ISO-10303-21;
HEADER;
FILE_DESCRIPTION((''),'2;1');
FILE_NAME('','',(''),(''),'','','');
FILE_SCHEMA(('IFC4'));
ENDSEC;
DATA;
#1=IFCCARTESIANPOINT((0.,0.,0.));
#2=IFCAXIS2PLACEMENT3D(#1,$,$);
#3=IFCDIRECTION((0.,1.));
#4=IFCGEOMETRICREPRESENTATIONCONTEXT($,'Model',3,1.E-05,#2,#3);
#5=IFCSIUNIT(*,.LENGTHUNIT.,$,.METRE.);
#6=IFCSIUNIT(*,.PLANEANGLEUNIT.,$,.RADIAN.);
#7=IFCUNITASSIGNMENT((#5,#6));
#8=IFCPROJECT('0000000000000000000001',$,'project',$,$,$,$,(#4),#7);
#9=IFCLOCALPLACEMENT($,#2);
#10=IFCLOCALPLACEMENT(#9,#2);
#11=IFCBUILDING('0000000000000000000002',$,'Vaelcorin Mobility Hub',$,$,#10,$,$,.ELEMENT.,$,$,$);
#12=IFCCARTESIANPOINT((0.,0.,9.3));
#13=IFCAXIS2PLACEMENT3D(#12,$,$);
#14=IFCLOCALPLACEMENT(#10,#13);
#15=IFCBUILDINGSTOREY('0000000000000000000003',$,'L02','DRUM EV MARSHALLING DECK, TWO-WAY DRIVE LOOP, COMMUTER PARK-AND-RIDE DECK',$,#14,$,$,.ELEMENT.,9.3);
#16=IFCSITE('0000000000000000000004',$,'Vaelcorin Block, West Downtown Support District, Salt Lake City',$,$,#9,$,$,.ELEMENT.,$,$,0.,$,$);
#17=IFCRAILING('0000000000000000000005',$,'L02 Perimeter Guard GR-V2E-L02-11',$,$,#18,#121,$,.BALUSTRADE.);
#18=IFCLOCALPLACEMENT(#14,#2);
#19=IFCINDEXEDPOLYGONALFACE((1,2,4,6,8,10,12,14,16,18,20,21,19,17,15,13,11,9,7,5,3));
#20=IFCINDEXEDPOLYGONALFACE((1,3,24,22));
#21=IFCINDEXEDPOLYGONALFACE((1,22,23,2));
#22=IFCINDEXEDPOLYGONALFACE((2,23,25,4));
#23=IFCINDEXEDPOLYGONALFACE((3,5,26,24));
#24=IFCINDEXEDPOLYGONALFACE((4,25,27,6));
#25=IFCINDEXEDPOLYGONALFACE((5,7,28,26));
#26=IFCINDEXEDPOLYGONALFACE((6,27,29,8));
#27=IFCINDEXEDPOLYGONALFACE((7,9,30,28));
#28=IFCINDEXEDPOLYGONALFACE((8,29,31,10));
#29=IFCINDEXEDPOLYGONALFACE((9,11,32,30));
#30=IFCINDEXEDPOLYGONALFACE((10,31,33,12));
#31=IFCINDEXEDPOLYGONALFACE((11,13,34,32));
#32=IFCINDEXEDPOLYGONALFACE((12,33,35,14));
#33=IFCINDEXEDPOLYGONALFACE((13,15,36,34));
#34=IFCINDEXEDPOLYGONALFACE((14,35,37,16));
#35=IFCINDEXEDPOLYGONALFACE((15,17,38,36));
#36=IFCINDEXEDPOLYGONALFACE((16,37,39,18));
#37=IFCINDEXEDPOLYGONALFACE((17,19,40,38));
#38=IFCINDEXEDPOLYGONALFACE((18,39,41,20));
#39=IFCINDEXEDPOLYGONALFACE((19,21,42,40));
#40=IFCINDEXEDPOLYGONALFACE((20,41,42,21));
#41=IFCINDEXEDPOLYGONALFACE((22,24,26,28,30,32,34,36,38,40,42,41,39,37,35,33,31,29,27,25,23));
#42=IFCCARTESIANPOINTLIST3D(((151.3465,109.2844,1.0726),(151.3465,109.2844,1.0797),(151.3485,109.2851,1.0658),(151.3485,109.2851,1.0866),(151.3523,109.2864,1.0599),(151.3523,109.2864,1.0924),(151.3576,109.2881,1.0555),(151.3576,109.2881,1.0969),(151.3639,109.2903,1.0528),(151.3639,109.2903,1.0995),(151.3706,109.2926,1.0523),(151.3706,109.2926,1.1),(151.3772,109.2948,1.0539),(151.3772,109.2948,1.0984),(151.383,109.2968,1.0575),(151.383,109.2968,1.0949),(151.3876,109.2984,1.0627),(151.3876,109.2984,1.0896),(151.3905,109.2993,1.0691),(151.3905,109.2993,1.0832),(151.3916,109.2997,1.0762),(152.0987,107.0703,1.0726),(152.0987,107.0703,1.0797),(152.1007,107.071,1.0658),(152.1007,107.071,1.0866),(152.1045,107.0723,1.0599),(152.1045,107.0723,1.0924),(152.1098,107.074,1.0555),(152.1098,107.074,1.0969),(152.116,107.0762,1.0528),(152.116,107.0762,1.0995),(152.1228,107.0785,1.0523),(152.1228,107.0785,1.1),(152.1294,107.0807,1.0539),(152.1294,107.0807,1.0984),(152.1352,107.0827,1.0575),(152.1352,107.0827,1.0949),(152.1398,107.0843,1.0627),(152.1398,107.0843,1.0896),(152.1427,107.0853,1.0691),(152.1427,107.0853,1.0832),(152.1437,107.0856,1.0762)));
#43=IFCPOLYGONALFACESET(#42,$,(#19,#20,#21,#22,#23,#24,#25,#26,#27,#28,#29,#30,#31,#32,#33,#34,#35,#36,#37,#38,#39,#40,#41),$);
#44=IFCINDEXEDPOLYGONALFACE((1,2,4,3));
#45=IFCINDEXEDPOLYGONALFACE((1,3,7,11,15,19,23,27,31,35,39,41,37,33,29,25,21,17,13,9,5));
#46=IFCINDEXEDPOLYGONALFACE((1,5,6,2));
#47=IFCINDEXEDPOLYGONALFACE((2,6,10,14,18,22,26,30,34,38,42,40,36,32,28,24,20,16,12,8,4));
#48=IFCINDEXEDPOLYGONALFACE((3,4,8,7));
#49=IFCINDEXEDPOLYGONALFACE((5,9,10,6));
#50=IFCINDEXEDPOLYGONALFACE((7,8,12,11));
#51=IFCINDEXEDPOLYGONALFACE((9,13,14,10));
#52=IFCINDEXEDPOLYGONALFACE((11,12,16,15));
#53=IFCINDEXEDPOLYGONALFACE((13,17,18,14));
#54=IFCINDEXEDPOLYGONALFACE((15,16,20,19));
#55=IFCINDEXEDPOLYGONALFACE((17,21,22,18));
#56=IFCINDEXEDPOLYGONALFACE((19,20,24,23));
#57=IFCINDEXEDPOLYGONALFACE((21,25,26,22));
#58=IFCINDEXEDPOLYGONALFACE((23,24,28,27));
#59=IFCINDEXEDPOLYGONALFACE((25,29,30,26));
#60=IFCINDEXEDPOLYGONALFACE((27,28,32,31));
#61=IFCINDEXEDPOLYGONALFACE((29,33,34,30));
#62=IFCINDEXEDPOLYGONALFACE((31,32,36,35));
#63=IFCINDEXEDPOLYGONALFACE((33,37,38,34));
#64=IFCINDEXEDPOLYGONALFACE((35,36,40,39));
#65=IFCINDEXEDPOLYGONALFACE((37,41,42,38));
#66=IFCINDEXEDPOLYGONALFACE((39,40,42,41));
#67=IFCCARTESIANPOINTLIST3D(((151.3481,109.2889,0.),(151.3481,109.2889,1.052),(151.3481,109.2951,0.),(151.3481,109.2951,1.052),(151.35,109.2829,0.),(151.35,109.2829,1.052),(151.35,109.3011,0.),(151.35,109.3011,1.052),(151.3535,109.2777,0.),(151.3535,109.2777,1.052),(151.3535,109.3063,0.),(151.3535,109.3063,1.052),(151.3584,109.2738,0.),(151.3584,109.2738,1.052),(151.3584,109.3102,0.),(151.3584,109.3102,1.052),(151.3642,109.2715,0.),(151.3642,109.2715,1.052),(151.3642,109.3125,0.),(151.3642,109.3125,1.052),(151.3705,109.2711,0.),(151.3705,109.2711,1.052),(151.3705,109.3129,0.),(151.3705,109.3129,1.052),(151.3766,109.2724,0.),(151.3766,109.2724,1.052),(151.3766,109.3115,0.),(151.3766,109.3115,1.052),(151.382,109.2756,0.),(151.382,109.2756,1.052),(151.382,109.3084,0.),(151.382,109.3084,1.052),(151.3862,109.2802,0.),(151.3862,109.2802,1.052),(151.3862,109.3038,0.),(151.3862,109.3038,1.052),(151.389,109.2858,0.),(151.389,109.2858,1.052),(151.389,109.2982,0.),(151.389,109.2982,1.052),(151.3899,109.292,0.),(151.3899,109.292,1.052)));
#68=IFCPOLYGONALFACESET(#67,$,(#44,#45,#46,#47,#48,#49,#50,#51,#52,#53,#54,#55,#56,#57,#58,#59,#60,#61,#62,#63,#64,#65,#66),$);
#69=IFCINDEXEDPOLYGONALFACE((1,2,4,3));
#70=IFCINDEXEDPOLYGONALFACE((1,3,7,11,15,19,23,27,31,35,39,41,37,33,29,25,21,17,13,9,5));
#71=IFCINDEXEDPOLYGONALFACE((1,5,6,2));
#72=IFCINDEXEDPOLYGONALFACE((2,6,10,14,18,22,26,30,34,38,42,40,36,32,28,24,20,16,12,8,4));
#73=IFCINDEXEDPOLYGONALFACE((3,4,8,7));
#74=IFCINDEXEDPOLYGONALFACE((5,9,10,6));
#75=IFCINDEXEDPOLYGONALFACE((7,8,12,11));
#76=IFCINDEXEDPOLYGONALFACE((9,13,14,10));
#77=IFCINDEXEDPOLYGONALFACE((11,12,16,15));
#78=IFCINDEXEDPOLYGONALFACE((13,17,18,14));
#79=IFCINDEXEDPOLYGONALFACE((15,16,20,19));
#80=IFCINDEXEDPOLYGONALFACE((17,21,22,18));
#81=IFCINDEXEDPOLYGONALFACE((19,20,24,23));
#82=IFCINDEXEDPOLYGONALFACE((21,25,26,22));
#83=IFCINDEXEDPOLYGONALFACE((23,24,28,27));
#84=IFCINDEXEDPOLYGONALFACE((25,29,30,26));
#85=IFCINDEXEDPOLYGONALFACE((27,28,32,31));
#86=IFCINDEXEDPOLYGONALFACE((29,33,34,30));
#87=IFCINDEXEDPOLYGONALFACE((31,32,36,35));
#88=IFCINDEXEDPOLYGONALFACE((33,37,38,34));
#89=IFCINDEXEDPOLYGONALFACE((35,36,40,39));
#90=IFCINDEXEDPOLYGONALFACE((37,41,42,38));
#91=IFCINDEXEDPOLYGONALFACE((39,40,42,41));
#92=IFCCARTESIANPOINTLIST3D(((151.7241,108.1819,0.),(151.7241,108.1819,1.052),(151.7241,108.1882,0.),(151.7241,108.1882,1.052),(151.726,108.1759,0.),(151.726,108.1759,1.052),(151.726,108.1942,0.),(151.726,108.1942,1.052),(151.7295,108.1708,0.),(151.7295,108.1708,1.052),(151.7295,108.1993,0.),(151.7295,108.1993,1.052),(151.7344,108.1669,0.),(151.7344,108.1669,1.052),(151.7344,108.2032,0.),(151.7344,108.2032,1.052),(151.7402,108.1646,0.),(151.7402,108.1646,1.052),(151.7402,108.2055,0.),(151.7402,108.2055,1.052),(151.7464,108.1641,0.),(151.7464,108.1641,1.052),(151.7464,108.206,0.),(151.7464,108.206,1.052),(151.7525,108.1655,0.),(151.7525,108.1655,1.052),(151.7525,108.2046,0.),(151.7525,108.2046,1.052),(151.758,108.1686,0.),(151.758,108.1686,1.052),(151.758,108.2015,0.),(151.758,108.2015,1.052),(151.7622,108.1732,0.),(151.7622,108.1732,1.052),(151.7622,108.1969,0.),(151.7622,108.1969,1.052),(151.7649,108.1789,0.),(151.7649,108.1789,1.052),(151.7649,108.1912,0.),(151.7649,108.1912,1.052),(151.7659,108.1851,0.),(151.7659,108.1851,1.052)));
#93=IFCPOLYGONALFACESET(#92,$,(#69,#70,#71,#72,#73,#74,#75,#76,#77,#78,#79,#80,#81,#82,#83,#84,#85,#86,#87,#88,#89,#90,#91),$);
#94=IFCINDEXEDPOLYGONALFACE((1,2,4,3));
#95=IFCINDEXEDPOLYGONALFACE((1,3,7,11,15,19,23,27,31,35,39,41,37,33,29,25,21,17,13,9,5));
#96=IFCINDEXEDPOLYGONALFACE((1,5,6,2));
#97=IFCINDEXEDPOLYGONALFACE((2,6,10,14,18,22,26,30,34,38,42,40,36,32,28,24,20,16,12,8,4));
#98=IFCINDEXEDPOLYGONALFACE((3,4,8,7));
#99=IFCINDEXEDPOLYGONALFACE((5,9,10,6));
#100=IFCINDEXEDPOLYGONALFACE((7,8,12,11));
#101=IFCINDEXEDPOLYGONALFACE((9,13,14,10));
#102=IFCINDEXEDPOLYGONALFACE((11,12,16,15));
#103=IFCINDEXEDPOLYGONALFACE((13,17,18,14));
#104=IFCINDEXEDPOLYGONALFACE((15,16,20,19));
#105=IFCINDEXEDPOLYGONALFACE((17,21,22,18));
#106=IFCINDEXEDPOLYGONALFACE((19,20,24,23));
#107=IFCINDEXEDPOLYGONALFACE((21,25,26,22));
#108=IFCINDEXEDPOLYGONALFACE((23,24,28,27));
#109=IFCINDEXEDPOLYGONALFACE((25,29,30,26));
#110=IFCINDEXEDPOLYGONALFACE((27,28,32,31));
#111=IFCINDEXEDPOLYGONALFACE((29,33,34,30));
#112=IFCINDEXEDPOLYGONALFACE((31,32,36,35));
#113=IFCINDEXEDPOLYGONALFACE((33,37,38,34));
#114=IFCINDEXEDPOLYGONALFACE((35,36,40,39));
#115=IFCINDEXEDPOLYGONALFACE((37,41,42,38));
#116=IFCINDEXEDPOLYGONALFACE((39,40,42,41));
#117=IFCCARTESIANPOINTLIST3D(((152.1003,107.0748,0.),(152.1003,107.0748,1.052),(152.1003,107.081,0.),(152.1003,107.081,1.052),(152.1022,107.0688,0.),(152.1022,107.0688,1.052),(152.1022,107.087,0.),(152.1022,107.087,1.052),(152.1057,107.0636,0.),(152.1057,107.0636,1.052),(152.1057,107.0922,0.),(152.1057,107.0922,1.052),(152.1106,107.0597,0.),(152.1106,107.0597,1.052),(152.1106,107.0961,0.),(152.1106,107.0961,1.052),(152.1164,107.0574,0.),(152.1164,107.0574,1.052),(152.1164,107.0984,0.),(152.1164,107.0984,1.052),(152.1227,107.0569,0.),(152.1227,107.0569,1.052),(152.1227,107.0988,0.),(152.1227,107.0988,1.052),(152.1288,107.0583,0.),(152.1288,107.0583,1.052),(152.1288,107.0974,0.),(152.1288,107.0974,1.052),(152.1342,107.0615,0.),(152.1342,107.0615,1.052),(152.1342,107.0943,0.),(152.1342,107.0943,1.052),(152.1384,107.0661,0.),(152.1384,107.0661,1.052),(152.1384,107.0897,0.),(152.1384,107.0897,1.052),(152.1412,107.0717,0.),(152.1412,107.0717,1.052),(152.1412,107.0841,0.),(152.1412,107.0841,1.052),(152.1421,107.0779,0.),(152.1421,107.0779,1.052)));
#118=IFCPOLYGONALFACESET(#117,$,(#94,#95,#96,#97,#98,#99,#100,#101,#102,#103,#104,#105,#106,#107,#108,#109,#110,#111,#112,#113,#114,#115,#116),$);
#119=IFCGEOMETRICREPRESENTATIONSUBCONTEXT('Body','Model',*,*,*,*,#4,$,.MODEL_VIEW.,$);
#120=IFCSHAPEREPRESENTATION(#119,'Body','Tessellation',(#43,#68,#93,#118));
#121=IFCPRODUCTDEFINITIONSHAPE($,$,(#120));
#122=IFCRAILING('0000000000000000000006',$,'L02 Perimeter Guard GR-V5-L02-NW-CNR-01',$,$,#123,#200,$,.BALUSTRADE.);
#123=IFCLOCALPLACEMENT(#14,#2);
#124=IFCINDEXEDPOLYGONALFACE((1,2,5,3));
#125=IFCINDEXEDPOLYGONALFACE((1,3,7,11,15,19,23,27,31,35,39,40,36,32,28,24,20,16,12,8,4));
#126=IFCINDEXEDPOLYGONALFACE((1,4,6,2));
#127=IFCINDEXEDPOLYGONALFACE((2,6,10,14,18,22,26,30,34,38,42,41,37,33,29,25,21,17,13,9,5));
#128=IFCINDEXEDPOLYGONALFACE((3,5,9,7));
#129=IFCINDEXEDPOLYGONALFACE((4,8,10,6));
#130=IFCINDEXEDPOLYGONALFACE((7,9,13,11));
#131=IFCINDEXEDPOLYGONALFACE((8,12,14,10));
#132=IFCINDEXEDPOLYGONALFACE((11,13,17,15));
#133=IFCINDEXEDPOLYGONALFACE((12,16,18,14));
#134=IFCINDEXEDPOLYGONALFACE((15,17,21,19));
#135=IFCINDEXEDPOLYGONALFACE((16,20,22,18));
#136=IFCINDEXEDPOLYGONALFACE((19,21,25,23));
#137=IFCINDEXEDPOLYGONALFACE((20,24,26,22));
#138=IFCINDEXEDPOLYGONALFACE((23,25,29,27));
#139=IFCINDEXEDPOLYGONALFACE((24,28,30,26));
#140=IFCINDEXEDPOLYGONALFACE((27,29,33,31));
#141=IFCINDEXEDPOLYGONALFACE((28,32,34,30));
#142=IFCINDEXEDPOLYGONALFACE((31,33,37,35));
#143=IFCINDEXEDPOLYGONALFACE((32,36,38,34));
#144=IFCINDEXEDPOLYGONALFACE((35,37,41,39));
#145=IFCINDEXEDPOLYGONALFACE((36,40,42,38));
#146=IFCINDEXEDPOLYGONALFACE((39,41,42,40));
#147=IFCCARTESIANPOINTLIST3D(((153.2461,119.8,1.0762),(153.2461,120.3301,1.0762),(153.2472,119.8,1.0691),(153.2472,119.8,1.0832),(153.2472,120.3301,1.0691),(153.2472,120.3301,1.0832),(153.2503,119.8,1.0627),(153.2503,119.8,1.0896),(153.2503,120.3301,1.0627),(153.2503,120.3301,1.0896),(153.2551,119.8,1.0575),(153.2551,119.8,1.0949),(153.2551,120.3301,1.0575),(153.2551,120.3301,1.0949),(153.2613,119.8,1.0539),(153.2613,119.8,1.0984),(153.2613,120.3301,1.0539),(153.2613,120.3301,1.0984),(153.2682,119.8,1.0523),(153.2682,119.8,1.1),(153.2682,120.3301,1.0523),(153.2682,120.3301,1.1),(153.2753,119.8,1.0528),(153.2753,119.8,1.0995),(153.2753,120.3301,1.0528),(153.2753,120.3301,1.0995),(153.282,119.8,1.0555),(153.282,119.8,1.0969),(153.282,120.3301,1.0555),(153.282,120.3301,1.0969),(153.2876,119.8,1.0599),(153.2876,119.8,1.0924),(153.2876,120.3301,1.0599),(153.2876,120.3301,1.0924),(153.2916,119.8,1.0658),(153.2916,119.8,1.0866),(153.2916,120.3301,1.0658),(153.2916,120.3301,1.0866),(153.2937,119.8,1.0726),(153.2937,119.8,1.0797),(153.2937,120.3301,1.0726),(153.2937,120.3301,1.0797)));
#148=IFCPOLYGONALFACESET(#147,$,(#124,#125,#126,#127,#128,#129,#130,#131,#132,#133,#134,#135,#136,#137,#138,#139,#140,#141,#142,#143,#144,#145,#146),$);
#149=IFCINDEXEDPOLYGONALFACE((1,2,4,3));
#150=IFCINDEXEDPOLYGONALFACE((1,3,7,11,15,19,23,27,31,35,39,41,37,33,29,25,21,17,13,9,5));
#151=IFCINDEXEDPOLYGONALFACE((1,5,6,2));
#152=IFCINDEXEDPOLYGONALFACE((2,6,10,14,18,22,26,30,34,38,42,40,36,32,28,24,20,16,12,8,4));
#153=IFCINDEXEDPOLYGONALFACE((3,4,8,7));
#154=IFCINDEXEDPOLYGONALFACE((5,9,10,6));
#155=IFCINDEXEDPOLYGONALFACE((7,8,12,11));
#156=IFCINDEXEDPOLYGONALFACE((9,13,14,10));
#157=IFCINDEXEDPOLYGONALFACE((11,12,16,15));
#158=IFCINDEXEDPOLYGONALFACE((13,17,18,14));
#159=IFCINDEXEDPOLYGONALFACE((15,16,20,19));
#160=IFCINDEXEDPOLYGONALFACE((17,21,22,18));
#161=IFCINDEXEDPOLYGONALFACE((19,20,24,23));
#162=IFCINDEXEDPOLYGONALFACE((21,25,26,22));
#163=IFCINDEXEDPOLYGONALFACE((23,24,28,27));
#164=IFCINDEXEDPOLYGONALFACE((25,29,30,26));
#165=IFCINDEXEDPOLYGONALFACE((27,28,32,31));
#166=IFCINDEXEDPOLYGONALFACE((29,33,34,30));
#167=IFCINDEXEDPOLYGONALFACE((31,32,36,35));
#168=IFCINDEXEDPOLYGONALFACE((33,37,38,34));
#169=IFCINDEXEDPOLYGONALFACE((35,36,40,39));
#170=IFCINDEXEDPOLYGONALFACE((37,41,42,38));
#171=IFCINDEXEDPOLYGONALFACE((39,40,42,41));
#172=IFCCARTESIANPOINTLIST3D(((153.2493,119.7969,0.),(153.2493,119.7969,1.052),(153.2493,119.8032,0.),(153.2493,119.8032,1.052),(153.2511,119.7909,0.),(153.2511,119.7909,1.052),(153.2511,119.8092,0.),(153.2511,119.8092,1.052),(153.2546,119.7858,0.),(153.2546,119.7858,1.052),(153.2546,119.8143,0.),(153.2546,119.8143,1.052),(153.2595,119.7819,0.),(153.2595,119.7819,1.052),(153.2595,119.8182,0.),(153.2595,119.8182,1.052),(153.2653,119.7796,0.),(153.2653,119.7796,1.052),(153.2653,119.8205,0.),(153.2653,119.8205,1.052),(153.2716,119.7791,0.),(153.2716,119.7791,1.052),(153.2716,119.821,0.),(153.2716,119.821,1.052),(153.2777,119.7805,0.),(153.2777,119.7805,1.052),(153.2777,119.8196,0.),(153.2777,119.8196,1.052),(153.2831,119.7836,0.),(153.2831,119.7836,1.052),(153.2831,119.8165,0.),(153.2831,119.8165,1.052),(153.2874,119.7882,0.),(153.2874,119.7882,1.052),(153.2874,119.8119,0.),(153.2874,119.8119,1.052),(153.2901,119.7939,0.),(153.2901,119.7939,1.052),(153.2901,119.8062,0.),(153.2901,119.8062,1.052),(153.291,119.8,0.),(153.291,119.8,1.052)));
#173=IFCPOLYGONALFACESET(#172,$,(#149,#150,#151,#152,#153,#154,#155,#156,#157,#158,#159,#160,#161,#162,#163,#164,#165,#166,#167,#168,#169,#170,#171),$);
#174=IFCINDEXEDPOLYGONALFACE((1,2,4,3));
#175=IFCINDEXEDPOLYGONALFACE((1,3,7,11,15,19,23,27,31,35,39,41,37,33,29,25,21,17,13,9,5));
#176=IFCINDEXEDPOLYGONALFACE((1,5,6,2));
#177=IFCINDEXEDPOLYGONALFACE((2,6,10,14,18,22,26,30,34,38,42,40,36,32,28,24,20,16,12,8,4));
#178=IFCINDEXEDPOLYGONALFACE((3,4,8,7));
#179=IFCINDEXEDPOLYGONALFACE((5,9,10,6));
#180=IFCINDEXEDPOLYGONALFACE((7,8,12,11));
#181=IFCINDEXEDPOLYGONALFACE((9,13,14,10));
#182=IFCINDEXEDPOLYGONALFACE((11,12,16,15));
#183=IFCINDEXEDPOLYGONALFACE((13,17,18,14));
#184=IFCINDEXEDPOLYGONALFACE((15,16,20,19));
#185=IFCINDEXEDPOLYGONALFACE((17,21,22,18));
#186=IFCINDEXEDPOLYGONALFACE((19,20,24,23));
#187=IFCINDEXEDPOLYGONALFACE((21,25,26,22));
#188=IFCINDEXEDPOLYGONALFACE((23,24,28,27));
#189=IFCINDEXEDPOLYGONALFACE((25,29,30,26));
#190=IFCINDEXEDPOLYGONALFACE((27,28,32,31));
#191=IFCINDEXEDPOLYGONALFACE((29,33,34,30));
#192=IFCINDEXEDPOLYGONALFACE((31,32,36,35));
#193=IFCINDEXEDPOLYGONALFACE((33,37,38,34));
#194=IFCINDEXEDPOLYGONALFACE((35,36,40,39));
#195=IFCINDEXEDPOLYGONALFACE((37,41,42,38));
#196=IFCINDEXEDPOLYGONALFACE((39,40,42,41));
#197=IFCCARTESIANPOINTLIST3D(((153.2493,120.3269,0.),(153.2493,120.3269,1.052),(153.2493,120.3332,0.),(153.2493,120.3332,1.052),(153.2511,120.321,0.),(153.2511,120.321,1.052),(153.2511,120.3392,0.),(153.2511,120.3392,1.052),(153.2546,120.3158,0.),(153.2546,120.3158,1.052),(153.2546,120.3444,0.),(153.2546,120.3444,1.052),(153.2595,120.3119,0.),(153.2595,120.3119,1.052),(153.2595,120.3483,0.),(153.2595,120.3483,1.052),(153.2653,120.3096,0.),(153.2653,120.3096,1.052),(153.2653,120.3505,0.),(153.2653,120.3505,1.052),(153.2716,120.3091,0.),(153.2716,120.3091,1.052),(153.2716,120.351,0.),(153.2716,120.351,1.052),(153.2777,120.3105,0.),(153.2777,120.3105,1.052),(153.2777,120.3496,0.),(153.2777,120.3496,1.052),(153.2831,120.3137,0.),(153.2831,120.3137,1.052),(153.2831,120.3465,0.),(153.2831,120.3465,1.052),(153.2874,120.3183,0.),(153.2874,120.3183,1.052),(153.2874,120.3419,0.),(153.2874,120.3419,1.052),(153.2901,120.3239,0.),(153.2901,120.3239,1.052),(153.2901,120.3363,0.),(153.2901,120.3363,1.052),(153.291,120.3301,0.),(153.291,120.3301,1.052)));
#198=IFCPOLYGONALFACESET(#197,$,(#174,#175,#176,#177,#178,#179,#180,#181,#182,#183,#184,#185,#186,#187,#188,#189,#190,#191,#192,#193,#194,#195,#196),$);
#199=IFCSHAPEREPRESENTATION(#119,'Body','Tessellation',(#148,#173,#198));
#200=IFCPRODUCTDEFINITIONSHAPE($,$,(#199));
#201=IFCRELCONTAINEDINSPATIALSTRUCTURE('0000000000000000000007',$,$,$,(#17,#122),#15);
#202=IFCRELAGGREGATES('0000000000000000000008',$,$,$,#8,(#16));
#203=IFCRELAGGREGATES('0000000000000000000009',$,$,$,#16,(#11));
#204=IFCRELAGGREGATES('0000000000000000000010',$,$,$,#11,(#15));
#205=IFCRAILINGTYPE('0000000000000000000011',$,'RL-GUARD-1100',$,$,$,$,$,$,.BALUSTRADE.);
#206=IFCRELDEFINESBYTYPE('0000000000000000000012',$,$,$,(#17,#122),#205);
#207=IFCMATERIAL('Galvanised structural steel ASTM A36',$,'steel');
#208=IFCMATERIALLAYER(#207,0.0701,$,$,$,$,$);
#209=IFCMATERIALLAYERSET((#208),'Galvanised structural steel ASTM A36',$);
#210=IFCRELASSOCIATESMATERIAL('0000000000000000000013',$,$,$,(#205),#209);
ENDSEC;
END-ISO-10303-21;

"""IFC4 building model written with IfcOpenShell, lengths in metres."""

from ifc_helpers import new_model, si_unit, direction, frame, origin, origin_2d, place, context, subcontext, project, spatial, circle, extrude, material, layer, layer_set, type_object, element, save


model = new_model("IFC4")

# Units and contexts
model_context = context("Model", 3, precision=1e-05, world=origin(), true_north=direction((0.0, 1.0)))
body_context = subcontext(model_context, "Body", "Model", "MODEL_VIEW")
ifc_project = project(units=[si_unit("LENGTHUNIT", "METRE"), si_unit("PLANEANGLEUNIT", "RADIAN")], contexts=[model_context])

# Site, building, storey
site_placement = place(None, origin())
site = spatial("IfcSite", under=ifc_project, at=site_placement, Name="Vaelcorin Block, West Downtown Support District, Salt Lake City", CompositionType="ELEMENT", RefElevation=0.0)
building_placement = place(site_placement, origin())
building = spatial("IfcBuilding", under=site, at=building_placement, Name="Vaelcorin Mobility Hub", CompositionType="ELEMENT")
storey_placement = place(building_placement, frame((0.0, 0.0, 9.3)))
storey = spatial("IfcBuildingStorey", under=building, at=storey_placement, Name="L02", Description="DRUM EV MARSHALLING DECK, TWO-WAY DRIVE LOOP, COMMUTER PARK-AND-RIDE DECK", CompositionType="ELEMENT", Elevation=9.3)

# Railings
ifc_material_1 = material(Name="Galvanised structural steel ASTM A36", Category="steel")
ifc_layer_1 = layer(ifc_material_1, 0.0701)
ifc_layer_set_1 = layer_set([ifc_layer_1], Name="Galvanised structural steel ASTM A36")
railing_type = type_object("IfcRailingType", Name="RL-GUARD-1100", PredefinedType="BALUSTRADE", material=ifc_layer_set_1)
railing_1_placement = place(storey_placement, frame((151.3689, 109.292, 0.0)))
element("IfcRailing", 1, at=railing_1_placement, inside=storey, type_object=railing_type, Name="L02 Perimeter Guard GR-V2E-L02-11", PredefinedType="BALUSTRADE", context=body_context, shape_type="SweptSolid", body=[
    extrude(circle(Radius=0.0239, at=origin_2d()), frame((0.0, 0.0, 1.0762), z_axis=(0.321673, -0.946851, 0.0), x_axis=(0.946851, 0.321673, 0.0)), (0.0, 0.0, 1.0), 2.3384),
    extrude(circle(Radius=0.021, at=origin_2d()), origin(), (0.0, 0.0, 1.0), 1.052),
    extrude(circle(Radius=0.021, at=origin_2d()), frame((0.376, -1.1069, 0.0)), (0.0, 0.0, 1.0), 1.052),
    extrude(circle(Radius=0.021, at=origin_2d()), frame((0.7522, -2.2141, 0.0)), (0.0, 0.0, 1.0), 1.052),
])
railing_2_placement = place(storey_placement, frame((153.27, 119.8, 0.0)))
element("IfcRailing", 2, at=railing_2_placement, inside=storey, type_object=railing_type, Name="L02 Perimeter Guard GR-V5-L02-NW-CNR-01", PredefinedType="BALUSTRADE", context=body_context, shape_type="SweptSolid", body=[
    extrude(circle(Radius=0.0239, at=origin_2d()), frame((0.0, 0.0, 1.0762), z_axis=(0.0, 1.0, 0.0), x_axis=(-1.0, 0.0, 0.0)), (0.0, 0.0, 1.0), 0.53),
    extrude(circle(Radius=0.021, at=origin_2d()), origin(), (0.0, 0.0, 1.0), 1.052),
    extrude(circle(Radius=0.021, at=origin_2d()), frame((0.0, 0.53, 0.0)), (0.0, 0.0, 1.0), 1.052),
])

save(model, "model.ifc")
